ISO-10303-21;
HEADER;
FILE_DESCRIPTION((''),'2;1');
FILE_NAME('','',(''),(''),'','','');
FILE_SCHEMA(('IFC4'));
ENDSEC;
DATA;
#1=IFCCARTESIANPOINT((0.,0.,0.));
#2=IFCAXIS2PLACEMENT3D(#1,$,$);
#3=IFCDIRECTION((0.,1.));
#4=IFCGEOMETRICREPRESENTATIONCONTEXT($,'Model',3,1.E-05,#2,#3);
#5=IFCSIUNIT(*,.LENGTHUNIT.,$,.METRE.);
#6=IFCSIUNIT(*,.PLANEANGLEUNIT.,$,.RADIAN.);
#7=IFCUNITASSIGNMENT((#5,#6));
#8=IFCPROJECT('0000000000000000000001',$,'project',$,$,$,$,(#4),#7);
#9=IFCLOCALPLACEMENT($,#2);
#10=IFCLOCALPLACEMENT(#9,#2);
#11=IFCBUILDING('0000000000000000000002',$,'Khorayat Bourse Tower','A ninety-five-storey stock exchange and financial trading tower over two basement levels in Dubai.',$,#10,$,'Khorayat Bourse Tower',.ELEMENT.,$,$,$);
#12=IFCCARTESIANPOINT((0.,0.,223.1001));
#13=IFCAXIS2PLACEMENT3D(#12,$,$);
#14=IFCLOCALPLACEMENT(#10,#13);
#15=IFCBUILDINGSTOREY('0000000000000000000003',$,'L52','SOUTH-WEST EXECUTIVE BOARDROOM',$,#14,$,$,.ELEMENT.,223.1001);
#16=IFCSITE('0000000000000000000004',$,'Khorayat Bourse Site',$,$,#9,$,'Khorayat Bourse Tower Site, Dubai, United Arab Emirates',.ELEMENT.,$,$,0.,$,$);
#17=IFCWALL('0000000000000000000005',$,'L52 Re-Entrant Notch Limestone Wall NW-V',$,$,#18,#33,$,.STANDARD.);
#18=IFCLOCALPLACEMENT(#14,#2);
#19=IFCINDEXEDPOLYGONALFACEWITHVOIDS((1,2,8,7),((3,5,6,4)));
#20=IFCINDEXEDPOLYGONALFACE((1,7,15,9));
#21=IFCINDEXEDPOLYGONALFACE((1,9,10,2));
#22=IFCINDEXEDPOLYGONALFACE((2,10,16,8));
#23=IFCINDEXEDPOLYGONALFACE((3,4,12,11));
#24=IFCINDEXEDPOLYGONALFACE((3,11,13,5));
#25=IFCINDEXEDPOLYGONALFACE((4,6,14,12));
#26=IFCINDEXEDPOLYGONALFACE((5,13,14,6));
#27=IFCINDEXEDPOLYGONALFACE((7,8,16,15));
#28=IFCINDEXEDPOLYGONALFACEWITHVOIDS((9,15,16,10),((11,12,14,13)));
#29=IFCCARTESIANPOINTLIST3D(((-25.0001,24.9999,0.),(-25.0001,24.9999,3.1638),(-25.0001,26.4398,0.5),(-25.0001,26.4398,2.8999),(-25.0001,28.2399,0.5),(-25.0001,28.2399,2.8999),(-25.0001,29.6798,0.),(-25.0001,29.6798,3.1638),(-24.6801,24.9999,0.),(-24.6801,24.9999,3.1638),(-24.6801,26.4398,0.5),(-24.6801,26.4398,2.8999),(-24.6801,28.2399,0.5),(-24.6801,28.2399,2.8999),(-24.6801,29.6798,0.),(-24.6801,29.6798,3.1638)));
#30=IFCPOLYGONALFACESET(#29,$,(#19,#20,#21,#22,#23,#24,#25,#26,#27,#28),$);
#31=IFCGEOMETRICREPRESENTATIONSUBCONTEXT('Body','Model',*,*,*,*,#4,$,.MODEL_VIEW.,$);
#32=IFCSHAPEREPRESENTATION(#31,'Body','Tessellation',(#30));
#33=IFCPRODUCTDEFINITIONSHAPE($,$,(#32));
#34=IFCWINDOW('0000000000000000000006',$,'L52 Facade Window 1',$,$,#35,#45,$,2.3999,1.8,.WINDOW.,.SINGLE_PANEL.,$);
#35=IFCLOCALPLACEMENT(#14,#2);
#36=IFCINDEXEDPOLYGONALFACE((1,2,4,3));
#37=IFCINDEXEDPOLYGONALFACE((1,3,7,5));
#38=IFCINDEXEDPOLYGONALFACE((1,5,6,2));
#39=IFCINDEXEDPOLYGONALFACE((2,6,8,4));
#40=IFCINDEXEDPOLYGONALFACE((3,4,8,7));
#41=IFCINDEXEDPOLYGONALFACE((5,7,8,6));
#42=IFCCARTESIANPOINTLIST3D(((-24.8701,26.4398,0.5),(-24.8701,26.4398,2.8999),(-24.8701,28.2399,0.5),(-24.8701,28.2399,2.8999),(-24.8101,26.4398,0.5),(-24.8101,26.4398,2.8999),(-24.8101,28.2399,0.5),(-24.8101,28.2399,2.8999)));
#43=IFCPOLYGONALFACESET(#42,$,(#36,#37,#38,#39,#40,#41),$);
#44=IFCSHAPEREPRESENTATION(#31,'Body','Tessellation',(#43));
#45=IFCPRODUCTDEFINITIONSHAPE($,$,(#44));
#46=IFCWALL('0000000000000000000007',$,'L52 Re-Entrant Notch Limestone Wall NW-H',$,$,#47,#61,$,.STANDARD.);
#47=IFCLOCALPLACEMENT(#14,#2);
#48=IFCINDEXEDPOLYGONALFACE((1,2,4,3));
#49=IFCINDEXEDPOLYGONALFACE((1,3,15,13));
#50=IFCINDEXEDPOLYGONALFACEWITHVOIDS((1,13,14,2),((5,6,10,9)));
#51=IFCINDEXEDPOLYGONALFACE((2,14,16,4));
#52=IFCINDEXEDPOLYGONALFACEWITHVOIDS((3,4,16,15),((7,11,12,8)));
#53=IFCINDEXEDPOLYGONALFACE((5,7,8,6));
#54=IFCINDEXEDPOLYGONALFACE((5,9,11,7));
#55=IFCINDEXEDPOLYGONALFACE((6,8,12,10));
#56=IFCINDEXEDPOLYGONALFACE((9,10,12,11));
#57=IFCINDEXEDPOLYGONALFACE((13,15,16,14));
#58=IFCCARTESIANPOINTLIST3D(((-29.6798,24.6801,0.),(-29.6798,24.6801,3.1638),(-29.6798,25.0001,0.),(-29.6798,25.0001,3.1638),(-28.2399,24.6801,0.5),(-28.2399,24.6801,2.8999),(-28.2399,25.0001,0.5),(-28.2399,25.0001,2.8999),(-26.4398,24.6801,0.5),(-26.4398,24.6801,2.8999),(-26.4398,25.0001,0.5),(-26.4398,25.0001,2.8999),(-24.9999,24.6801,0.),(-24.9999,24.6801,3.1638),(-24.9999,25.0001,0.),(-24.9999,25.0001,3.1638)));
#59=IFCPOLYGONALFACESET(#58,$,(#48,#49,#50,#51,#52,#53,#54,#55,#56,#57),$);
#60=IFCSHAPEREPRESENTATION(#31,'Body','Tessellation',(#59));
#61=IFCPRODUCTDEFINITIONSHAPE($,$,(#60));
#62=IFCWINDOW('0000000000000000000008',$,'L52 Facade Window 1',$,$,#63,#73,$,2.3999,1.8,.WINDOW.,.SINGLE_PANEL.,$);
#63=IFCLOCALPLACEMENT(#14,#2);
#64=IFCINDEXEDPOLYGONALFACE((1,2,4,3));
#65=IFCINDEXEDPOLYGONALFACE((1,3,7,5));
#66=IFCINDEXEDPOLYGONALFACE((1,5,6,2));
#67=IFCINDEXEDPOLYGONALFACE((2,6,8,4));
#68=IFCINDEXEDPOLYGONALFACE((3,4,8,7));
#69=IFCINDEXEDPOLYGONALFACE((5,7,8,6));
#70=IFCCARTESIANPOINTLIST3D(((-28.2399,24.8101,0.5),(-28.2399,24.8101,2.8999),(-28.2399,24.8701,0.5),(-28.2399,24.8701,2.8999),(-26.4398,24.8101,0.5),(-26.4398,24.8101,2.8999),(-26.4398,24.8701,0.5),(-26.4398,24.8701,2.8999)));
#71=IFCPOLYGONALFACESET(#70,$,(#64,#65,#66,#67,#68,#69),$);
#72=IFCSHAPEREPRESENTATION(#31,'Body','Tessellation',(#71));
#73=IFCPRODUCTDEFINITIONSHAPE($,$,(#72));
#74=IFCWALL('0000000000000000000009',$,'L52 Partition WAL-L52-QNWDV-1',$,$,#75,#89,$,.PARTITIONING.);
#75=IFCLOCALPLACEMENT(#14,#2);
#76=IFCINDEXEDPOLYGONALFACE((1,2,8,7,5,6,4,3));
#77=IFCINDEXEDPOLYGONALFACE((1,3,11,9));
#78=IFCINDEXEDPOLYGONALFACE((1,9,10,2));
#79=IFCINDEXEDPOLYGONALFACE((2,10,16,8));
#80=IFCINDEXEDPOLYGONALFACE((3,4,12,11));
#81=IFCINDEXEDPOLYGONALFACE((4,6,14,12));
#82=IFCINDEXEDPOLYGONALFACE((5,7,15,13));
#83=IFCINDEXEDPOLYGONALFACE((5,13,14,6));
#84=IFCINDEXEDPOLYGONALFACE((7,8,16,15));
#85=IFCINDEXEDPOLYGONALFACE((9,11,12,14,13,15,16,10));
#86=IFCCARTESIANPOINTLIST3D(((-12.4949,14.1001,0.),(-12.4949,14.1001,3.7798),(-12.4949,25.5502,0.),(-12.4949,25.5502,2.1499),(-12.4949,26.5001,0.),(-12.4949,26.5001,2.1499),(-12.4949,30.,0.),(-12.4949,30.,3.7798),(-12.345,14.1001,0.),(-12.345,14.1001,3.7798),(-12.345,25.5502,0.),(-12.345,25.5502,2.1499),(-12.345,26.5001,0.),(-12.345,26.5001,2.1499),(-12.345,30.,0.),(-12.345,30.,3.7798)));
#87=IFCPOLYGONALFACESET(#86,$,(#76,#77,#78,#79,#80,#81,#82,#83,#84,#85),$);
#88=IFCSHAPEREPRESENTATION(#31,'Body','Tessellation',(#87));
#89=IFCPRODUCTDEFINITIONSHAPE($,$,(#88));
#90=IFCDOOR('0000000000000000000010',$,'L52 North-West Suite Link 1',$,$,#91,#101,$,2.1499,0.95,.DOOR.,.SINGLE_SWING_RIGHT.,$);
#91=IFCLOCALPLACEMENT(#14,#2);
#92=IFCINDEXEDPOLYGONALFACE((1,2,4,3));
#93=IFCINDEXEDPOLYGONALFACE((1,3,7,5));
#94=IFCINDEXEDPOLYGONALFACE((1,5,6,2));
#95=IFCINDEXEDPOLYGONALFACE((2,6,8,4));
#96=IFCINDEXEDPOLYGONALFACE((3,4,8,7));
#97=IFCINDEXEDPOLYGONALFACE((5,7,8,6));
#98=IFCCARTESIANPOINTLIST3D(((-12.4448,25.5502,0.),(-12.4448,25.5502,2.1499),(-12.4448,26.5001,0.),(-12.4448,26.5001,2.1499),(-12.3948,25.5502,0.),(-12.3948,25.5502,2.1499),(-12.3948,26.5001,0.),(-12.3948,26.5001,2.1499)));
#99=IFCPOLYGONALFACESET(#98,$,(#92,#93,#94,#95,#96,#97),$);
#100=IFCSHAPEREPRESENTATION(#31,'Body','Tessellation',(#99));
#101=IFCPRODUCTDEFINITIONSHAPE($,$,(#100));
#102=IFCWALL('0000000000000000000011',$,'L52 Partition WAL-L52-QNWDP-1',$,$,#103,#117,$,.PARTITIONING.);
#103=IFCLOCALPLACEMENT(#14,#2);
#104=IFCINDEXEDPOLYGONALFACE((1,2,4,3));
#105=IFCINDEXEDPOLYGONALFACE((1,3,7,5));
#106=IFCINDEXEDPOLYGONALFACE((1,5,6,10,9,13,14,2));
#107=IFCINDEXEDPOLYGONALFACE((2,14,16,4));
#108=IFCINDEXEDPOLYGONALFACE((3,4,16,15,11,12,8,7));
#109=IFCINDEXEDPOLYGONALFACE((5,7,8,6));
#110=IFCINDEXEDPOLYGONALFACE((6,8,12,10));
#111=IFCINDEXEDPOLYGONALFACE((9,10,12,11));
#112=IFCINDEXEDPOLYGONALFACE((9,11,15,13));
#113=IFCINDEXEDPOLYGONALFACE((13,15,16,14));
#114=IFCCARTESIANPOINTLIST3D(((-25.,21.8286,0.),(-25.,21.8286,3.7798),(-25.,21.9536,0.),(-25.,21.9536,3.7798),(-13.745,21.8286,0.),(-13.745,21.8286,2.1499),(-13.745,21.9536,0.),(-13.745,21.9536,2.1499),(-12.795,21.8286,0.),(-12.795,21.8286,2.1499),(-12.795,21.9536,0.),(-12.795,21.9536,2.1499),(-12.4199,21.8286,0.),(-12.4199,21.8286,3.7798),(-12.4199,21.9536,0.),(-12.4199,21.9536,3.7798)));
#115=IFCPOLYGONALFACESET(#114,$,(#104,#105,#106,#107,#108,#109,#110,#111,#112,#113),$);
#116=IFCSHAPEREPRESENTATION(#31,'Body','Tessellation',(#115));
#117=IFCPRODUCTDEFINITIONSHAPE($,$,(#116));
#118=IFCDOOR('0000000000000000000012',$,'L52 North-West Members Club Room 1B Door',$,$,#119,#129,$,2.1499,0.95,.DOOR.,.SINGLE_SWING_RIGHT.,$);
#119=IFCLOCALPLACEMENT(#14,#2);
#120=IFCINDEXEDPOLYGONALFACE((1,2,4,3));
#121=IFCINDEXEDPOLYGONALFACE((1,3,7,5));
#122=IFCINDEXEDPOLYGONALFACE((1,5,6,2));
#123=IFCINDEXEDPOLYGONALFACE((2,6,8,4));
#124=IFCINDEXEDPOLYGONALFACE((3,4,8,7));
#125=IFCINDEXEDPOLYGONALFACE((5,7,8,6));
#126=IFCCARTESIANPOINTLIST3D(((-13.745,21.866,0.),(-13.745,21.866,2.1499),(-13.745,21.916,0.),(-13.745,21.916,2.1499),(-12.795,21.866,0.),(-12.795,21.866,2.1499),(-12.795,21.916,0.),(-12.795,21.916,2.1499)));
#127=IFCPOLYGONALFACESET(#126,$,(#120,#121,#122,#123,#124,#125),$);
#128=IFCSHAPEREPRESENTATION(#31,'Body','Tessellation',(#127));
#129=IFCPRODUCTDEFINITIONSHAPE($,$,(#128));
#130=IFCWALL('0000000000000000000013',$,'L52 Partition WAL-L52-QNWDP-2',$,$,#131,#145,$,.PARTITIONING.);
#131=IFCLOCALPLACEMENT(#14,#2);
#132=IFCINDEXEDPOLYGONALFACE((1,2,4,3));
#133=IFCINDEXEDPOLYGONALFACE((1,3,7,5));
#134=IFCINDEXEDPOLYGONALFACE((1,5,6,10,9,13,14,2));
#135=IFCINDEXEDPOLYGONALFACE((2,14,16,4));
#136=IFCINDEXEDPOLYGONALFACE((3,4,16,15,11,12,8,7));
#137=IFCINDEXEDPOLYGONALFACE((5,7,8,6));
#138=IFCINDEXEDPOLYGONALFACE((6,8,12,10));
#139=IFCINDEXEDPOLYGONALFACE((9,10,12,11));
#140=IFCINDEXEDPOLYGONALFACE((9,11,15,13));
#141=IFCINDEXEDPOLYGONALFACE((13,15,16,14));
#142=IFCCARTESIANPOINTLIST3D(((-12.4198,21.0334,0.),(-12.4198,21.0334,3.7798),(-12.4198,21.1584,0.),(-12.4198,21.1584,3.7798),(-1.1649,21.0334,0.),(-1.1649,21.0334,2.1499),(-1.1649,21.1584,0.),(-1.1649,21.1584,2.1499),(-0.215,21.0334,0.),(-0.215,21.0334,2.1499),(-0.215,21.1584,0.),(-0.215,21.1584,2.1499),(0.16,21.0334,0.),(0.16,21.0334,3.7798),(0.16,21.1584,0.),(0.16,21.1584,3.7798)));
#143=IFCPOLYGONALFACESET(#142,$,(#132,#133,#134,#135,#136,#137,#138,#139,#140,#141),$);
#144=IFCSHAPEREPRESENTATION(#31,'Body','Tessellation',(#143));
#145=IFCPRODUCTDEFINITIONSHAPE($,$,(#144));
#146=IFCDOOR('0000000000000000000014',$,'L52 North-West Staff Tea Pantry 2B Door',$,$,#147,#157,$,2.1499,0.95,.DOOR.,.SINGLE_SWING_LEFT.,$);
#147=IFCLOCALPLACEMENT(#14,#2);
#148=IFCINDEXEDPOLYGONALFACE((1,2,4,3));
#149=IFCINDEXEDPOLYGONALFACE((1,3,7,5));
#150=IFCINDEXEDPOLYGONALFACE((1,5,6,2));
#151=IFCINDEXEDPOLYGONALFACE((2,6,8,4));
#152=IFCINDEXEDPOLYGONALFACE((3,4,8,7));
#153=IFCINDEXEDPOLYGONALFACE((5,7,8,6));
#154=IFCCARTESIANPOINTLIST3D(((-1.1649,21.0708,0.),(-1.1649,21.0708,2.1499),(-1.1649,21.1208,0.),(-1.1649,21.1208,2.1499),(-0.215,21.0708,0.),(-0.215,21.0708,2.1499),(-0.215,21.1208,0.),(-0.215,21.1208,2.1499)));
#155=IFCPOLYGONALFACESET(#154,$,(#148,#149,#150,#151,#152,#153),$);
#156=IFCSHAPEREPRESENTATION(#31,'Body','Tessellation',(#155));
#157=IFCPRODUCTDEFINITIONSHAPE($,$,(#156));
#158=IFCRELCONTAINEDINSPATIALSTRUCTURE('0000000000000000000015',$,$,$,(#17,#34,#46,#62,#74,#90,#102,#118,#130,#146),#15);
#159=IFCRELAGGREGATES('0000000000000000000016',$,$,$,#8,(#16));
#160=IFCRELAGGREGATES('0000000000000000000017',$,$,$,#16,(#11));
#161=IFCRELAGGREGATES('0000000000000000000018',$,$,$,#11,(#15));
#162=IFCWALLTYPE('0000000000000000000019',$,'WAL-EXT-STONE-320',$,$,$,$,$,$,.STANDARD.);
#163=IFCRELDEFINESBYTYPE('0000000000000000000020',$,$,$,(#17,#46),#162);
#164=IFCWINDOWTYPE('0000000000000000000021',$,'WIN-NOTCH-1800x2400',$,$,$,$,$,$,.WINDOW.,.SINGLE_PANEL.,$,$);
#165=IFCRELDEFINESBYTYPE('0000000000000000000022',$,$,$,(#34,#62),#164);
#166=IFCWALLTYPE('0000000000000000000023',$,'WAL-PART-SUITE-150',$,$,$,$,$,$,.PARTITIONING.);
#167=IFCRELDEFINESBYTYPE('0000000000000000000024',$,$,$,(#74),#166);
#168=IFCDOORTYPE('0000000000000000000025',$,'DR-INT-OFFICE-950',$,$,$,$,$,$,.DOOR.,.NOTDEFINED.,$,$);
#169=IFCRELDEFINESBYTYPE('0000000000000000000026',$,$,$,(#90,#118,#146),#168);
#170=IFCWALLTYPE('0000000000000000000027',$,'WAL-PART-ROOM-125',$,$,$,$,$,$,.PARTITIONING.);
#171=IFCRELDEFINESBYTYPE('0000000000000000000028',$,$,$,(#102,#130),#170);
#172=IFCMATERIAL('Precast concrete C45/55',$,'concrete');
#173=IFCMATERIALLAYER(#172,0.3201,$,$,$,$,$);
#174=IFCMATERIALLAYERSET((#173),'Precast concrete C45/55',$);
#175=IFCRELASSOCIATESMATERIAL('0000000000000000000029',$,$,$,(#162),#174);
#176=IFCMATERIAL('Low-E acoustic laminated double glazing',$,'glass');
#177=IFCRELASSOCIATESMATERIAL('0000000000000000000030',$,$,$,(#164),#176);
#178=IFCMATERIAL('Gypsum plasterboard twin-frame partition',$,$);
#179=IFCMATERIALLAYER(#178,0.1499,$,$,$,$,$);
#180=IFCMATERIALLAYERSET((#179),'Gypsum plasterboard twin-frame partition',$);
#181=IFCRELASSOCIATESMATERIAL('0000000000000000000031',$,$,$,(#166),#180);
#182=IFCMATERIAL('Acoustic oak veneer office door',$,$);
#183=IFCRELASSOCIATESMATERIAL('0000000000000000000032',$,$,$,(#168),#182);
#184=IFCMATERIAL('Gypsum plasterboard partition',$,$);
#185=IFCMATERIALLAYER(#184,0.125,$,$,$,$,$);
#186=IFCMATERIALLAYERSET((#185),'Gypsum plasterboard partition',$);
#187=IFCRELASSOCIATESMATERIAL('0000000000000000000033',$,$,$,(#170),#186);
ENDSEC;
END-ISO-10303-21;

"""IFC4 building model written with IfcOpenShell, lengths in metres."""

from ifc_helpers import new_model, si_unit, direction, frame, frame_2d, origin, place, context, subcontext, project, spatial, rectangle, extrude, source, transform, mapped, material, layer, layer_set, type_object, element, fill, save


model = new_model("IFC4")

# Units and contexts
model_context = context("Model", 3, precision=1e-05, world=origin(), true_north=direction((0.0, 1.0)))
body_context = subcontext(model_context, "Body", "Model", "MODEL_VIEW")
ifc_project = project(units=[si_unit("LENGTHUNIT", "METRE"), si_unit("PLANEANGLEUNIT", "RADIAN")], contexts=[model_context])

# Site, building, storey
site_placement = place(None, origin())
site = spatial("IfcSite", under=ifc_project, at=site_placement, Name="Khorayat Bourse Site", LongName="Khorayat Bourse Tower Site, Dubai, United Arab Emirates", CompositionType="ELEMENT", RefElevation=0.0)
building_placement = place(site_placement, origin())
building = spatial("IfcBuilding", under=site, at=building_placement, Name="Khorayat Bourse Tower", Description="A ninety-five-storey stock exchange and financial trading tower over two basement levels in Dubai.", LongName="Khorayat Bourse Tower", CompositionType="ELEMENT")
storey_placement = place(building_placement, frame((0.0, 0.0, 223.1001)))
storey = spatial("IfcBuildingStorey", under=building, at=storey_placement, Name="L52", Description="SOUTH-WEST EXECUTIVE BOARDROOM", CompositionType="ELEMENT", Elevation=223.1001)

# Walls, openings, windows
ifc_material_1 = material(Name="Precast concrete C45/55", Category="concrete")
ifc_layer_1 = layer(ifc_material_1, 0.3201)
ifc_layer_set_1 = layer_set([ifc_layer_1], Name="Precast concrete C45/55")
wall_type_1 = type_object("IfcWallType", Name="WAL-EXT-STONE-320", PredefinedType="STANDARD", material=ifc_layer_set_1)
shared_shape_1 = source(origin(), body_context, "Body", "SweptSolid", [
    extrude(rectangle(XDim=4.6799, YDim=0.3201, at=frame_2d((2.3398, 0.0))), origin(), (0.0, 0.0, 1.0), 3.1638),
])
wall_1_placement = place(storey_placement, frame((-24.8401, 25.0, 0.0), z_axis=(0.0, 0.0, 1.0), x_axis=(0.0, 1.0, 0.0)))
wall_1 = element("IfcWall", 1, at=wall_1_placement, inside=storey, type_object=wall_type_1, Name="L52 Re-Entrant Notch Limestone Wall NW-V", PredefinedType="STANDARD", context=body_context, shape_type="MappedRepresentation", body=[
    mapped(shared_shape_1, transform((0.0, 0.0, 0.0), scale=1.0)),
])
shared_shape_2 = source(origin(), body_context, "Body", "SweptSolid", [
    extrude(rectangle(XDim=1.8, YDim=2.3999, at=frame_2d((0.8999, 1.2))), frame((0.0, 0.1699, 0.0), z_axis=(0.0, -1.0, 0.0), x_axis=(1.0, 0.0, 0.0)), (0.0, 0.0, 1.0), 0.3401),
])
opening_1_placement = place(wall_1_placement, frame((1.4399, 0.0, 0.5)))
opening_1 = element("IfcOpeningElement", 2, at=opening_1_placement, cuts=wall_1, PredefinedType="OPENING", context=body_context, shape_type="MappedRepresentation", body=[
    mapped(shared_shape_2, transform((0.0, 0.0, 0.0), scale=1.0)),
])
ifc_material_2 = material(Name="Low-E acoustic laminated double glazing", Category="glass")
window_type = type_object("IfcWindowType", Name="WIN-NOTCH-1800x2400", PartitioningType="SINGLE_PANEL", PredefinedType="WINDOW", material=ifc_material_2)
shared_shape_3 = source(origin(), body_context, "Body", "SweptSolid", [
    extrude(rectangle(XDim=1.8, YDim=2.3999, at=frame_2d((0.8999, 1.2))), frame((0.0, 0.03, 0.0), z_axis=(0.0, -1.0, 0.0), x_axis=(1.0, 0.0, 0.0)), (0.0, 0.0, 1.0), 0.0601),
])
window_1_placement = place(opening_1_placement, origin())
window_1 = element("IfcWindow", 3, at=window_1_placement, inside=storey, type_object=window_type, Name="L52 Facade Window 1", OverallHeight=2.3999, OverallWidth=1.8, PartitioningType="SINGLE_PANEL", PredefinedType="WINDOW", context=body_context, shape_type="MappedRepresentation", body=[
    mapped(shared_shape_3, transform((0.0, 0.0, 0.0), scale=1.0)),
])
fill(opening_1, window_1)
wall_2_placement = place(storey_placement, frame((-25.0, 24.8401, 0.0), z_axis=(0.0, 0.0, 1.0), x_axis=(-1.0, 0.0, 0.0)))
wall_2 = element("IfcWall", 4, at=wall_2_placement, inside=storey, type_object=wall_type_1, Name="L52 Re-Entrant Notch Limestone Wall NW-H", PredefinedType="STANDARD", context=body_context, shape_type="MappedRepresentation", body=[
    mapped(shared_shape_1, transform((0.0, 0.0, 0.0), scale=1.0)),
])
opening_2_placement = place(wall_2_placement, frame((1.4399, 0.0, 0.5)))
opening_2 = element("IfcOpeningElement", 5, at=opening_2_placement, cuts=wall_2, PredefinedType="OPENING", context=body_context, shape_type="MappedRepresentation", body=[
    mapped(shared_shape_2, transform((0.0, 0.0, 0.0), scale=1.0)),
])
window_2_placement = place(opening_2_placement, origin())
window_2 = element("IfcWindow", 6, at=window_2_placement, inside=storey, type_object=window_type, Name="L52 Facade Window 1", OverallHeight=2.3999, OverallWidth=1.8, PartitioningType="SINGLE_PANEL", PredefinedType="WINDOW", context=body_context, shape_type="MappedRepresentation", body=[
    mapped(shared_shape_3, transform((0.0, 0.0, 0.0), scale=1.0)),
])
fill(opening_2, window_2)

# Walls, openings, doors
ifc_material_3 = material(Name="Gypsum plasterboard twin-frame partition")
ifc_layer_2 = layer(ifc_material_3, 0.1499)
ifc_layer_set_2 = layer_set([ifc_layer_2], Name="Gypsum plasterboard twin-frame partition")
wall_type_2 = type_object("IfcWallType", Name="WAL-PART-SUITE-150", PredefinedType="PARTITIONING", material=ifc_layer_set_2)
shared_shape_4 = source(origin(), body_context, "Body", "SweptSolid", [
    extrude(rectangle(XDim=15.8999, YDim=0.1499, at=frame_2d((7.95, 0.0))), origin(), (0.0, 0.0, 1.0), 3.7798),
])
wall_3_placement = place(storey_placement, frame((-12.4199, 14.1001, 0.0), z_axis=(0.0, 0.0, 1.0), x_axis=(0.0, 1.0, 0.0)))
wall_3 = element("IfcWall", 7, at=wall_3_placement, inside=storey, type_object=wall_type_2, Name="L52 Partition WAL-L52-QNWDV-1", PredefinedType="PARTITIONING", context=body_context, shape_type="MappedRepresentation", body=[
    mapped(shared_shape_4, transform((0.0, 0.0, 0.0), scale=1.0)),
])
shared_shape_5 = source(origin(), body_context, "Body", "SweptSolid", [
    extrude(rectangle(XDim=0.95, YDim=2.1499, at=frame_2d((0.4751, 1.075))), frame((0.0, 0.085, 0.0), z_axis=(0.0, -1.0, 0.0), x_axis=(1.0, 0.0, 0.0)), (0.0, 0.0, 1.0), 0.1699),
])
opening_3_placement = place(wall_3_placement, frame((11.45, 0.0, 0.0)))
opening_3 = element("IfcOpeningElement", 8, at=opening_3_placement, cuts=wall_3, PredefinedType="OPENING", context=body_context, shape_type="MappedRepresentation", body=[
    mapped(shared_shape_5, transform((0.0, 0.0, 0.0), scale=1.0)),
])
ifc_material_4 = material(Name="Acoustic oak veneer office door")
door_type = type_object("IfcDoorType", Name="DR-INT-OFFICE-950", OperationType="NOTDEFINED", PredefinedType="DOOR", material=ifc_material_4)
shared_shape_6 = source(origin(), body_context, "Body", "SweptSolid", [
    extrude(rectangle(XDim=0.95, YDim=2.1499, at=frame_2d((0.4751, 1.075))), frame((0.0, 0.0249, 0.0), z_axis=(0.0, -1.0, 0.0), x_axis=(1.0, 0.0, 0.0)), (0.0, 0.0, 1.0), 0.05),
])
door_1_placement = place(opening_3_placement, origin())
door_1 = element("IfcDoor", 9, at=door_1_placement, inside=storey, type_object=door_type, Name="L52 North-West Suite Link 1", OperationType="SINGLE_SWING_RIGHT", OverallHeight=2.1499, OverallWidth=0.95, PredefinedType="DOOR", context=body_context, shape_type="MappedRepresentation", body=[
    mapped(shared_shape_6, transform((0.0, 0.0, 0.0), scale=1.0)),
])
fill(opening_3, door_1)
ifc_material_5 = material(Name="Gypsum plasterboard partition")
ifc_layer_3 = layer(ifc_material_5, 0.125)
ifc_layer_set_3 = layer_set([ifc_layer_3], Name="Gypsum plasterboard partition")
wall_type_3 = type_object("IfcWallType", Name="WAL-PART-ROOM-125", PredefinedType="PARTITIONING", material=ifc_layer_set_3)
shared_shape_7 = source(origin(), body_context, "Body", "SweptSolid", [
    extrude(rectangle(XDim=12.5801, YDim=0.125, at=frame_2d((6.29, 0.0))), origin(), (0.0, 0.0, 1.0), 3.7798),
])
wall_4_placement = place(storey_placement, frame((-25.0, 21.8911, 0.0), z_axis=(0.0, 0.0, 1.0), x_axis=(1.0, 0.0, 0.0)))
wall_4 = element("IfcWall", 10, at=wall_4_placement, inside=storey, type_object=wall_type_3, Name="L52 Partition WAL-L52-QNWDP-1", PredefinedType="PARTITIONING", context=body_context, shape_type="MappedRepresentation", body=[
    mapped(shared_shape_7, transform((0.0, 0.0, 0.0), scale=1.0)),
])
shared_shape_8 = source(origin(), body_context, "Body", "SweptSolid", [
    extrude(rectangle(XDim=0.95, YDim=2.1499, at=frame_2d((0.4751, 1.075))), frame((0.0, 0.0725, 0.0), z_axis=(0.0, -1.0, 0.0), x_axis=(1.0, 0.0, 0.0)), (0.0, 0.0, 1.0), 0.145),
])
opening_4_placement = place(wall_4_placement, frame((11.2549, 0.0, 0.0)))
opening_4 = element("IfcOpeningElement", 11, at=opening_4_placement, cuts=wall_4, PredefinedType="OPENING", context=body_context, shape_type="MappedRepresentation", body=[
    mapped(shared_shape_8, transform((0.0, 0.0, 0.0), scale=1.0)),
])
door_2_placement = place(opening_4_placement, origin())
door_2 = element("IfcDoor", 12, at=door_2_placement, inside=storey, type_object=door_type, Name="L52 North-West Members Club Room 1B Door", OperationType="SINGLE_SWING_RIGHT", OverallHeight=2.1499, OverallWidth=0.95, PredefinedType="DOOR", context=body_context, shape_type="MappedRepresentation", body=[
    mapped(shared_shape_6, transform((0.0, 0.0, 0.0), scale=1.0)),
])
fill(opening_4, door_2)
shared_shape_9 = source(origin(), body_context, "Body", "SweptSolid", [
    extrude(rectangle(XDim=12.5798, YDim=0.125, at=frame_2d((6.29, 0.0))), origin(), (0.0, 0.0, 1.0), 3.7798),
])
wall_5_placement = place(storey_placement, frame((-12.4199, 21.0959, 0.0), z_axis=(0.0, 0.0, 1.0), x_axis=(1.0, 0.0, 0.0)))
wall_5 = element("IfcWall", 13, at=wall_5_placement, inside=storey, type_object=wall_type_3, Name="L52 Partition WAL-L52-QNWDP-2", PredefinedType="PARTITIONING", context=body_context, shape_type="MappedRepresentation", body=[
    mapped(shared_shape_9, transform((0.0, 0.0, 0.0), scale=1.0)),
])
opening_5_placement = place(wall_5_placement, frame((11.2549, 0.0, 0.0)))
opening_5 = element("IfcOpeningElement", 14, at=opening_5_placement, cuts=wall_5, PredefinedType="OPENING", context=body_context, shape_type="MappedRepresentation", body=[
    mapped(shared_shape_8, transform((0.0, 0.0, 0.0), scale=1.0)),
])
door_3_placement = place(opening_5_placement, origin())
door_3 = element("IfcDoor", 15, at=door_3_placement, inside=storey, type_object=door_type, Name="L52 North-West Staff Tea Pantry 2B Door", OperationType="SINGLE_SWING_LEFT", OverallHeight=2.1499, OverallWidth=0.95, PredefinedType="DOOR", context=body_context, shape_type="MappedRepresentation", body=[
    mapped(shared_shape_6, transform((0.0, 0.0, 0.0), scale=1.0)),
])
fill(opening_5, door_3)

save(model, "model.ifc")
